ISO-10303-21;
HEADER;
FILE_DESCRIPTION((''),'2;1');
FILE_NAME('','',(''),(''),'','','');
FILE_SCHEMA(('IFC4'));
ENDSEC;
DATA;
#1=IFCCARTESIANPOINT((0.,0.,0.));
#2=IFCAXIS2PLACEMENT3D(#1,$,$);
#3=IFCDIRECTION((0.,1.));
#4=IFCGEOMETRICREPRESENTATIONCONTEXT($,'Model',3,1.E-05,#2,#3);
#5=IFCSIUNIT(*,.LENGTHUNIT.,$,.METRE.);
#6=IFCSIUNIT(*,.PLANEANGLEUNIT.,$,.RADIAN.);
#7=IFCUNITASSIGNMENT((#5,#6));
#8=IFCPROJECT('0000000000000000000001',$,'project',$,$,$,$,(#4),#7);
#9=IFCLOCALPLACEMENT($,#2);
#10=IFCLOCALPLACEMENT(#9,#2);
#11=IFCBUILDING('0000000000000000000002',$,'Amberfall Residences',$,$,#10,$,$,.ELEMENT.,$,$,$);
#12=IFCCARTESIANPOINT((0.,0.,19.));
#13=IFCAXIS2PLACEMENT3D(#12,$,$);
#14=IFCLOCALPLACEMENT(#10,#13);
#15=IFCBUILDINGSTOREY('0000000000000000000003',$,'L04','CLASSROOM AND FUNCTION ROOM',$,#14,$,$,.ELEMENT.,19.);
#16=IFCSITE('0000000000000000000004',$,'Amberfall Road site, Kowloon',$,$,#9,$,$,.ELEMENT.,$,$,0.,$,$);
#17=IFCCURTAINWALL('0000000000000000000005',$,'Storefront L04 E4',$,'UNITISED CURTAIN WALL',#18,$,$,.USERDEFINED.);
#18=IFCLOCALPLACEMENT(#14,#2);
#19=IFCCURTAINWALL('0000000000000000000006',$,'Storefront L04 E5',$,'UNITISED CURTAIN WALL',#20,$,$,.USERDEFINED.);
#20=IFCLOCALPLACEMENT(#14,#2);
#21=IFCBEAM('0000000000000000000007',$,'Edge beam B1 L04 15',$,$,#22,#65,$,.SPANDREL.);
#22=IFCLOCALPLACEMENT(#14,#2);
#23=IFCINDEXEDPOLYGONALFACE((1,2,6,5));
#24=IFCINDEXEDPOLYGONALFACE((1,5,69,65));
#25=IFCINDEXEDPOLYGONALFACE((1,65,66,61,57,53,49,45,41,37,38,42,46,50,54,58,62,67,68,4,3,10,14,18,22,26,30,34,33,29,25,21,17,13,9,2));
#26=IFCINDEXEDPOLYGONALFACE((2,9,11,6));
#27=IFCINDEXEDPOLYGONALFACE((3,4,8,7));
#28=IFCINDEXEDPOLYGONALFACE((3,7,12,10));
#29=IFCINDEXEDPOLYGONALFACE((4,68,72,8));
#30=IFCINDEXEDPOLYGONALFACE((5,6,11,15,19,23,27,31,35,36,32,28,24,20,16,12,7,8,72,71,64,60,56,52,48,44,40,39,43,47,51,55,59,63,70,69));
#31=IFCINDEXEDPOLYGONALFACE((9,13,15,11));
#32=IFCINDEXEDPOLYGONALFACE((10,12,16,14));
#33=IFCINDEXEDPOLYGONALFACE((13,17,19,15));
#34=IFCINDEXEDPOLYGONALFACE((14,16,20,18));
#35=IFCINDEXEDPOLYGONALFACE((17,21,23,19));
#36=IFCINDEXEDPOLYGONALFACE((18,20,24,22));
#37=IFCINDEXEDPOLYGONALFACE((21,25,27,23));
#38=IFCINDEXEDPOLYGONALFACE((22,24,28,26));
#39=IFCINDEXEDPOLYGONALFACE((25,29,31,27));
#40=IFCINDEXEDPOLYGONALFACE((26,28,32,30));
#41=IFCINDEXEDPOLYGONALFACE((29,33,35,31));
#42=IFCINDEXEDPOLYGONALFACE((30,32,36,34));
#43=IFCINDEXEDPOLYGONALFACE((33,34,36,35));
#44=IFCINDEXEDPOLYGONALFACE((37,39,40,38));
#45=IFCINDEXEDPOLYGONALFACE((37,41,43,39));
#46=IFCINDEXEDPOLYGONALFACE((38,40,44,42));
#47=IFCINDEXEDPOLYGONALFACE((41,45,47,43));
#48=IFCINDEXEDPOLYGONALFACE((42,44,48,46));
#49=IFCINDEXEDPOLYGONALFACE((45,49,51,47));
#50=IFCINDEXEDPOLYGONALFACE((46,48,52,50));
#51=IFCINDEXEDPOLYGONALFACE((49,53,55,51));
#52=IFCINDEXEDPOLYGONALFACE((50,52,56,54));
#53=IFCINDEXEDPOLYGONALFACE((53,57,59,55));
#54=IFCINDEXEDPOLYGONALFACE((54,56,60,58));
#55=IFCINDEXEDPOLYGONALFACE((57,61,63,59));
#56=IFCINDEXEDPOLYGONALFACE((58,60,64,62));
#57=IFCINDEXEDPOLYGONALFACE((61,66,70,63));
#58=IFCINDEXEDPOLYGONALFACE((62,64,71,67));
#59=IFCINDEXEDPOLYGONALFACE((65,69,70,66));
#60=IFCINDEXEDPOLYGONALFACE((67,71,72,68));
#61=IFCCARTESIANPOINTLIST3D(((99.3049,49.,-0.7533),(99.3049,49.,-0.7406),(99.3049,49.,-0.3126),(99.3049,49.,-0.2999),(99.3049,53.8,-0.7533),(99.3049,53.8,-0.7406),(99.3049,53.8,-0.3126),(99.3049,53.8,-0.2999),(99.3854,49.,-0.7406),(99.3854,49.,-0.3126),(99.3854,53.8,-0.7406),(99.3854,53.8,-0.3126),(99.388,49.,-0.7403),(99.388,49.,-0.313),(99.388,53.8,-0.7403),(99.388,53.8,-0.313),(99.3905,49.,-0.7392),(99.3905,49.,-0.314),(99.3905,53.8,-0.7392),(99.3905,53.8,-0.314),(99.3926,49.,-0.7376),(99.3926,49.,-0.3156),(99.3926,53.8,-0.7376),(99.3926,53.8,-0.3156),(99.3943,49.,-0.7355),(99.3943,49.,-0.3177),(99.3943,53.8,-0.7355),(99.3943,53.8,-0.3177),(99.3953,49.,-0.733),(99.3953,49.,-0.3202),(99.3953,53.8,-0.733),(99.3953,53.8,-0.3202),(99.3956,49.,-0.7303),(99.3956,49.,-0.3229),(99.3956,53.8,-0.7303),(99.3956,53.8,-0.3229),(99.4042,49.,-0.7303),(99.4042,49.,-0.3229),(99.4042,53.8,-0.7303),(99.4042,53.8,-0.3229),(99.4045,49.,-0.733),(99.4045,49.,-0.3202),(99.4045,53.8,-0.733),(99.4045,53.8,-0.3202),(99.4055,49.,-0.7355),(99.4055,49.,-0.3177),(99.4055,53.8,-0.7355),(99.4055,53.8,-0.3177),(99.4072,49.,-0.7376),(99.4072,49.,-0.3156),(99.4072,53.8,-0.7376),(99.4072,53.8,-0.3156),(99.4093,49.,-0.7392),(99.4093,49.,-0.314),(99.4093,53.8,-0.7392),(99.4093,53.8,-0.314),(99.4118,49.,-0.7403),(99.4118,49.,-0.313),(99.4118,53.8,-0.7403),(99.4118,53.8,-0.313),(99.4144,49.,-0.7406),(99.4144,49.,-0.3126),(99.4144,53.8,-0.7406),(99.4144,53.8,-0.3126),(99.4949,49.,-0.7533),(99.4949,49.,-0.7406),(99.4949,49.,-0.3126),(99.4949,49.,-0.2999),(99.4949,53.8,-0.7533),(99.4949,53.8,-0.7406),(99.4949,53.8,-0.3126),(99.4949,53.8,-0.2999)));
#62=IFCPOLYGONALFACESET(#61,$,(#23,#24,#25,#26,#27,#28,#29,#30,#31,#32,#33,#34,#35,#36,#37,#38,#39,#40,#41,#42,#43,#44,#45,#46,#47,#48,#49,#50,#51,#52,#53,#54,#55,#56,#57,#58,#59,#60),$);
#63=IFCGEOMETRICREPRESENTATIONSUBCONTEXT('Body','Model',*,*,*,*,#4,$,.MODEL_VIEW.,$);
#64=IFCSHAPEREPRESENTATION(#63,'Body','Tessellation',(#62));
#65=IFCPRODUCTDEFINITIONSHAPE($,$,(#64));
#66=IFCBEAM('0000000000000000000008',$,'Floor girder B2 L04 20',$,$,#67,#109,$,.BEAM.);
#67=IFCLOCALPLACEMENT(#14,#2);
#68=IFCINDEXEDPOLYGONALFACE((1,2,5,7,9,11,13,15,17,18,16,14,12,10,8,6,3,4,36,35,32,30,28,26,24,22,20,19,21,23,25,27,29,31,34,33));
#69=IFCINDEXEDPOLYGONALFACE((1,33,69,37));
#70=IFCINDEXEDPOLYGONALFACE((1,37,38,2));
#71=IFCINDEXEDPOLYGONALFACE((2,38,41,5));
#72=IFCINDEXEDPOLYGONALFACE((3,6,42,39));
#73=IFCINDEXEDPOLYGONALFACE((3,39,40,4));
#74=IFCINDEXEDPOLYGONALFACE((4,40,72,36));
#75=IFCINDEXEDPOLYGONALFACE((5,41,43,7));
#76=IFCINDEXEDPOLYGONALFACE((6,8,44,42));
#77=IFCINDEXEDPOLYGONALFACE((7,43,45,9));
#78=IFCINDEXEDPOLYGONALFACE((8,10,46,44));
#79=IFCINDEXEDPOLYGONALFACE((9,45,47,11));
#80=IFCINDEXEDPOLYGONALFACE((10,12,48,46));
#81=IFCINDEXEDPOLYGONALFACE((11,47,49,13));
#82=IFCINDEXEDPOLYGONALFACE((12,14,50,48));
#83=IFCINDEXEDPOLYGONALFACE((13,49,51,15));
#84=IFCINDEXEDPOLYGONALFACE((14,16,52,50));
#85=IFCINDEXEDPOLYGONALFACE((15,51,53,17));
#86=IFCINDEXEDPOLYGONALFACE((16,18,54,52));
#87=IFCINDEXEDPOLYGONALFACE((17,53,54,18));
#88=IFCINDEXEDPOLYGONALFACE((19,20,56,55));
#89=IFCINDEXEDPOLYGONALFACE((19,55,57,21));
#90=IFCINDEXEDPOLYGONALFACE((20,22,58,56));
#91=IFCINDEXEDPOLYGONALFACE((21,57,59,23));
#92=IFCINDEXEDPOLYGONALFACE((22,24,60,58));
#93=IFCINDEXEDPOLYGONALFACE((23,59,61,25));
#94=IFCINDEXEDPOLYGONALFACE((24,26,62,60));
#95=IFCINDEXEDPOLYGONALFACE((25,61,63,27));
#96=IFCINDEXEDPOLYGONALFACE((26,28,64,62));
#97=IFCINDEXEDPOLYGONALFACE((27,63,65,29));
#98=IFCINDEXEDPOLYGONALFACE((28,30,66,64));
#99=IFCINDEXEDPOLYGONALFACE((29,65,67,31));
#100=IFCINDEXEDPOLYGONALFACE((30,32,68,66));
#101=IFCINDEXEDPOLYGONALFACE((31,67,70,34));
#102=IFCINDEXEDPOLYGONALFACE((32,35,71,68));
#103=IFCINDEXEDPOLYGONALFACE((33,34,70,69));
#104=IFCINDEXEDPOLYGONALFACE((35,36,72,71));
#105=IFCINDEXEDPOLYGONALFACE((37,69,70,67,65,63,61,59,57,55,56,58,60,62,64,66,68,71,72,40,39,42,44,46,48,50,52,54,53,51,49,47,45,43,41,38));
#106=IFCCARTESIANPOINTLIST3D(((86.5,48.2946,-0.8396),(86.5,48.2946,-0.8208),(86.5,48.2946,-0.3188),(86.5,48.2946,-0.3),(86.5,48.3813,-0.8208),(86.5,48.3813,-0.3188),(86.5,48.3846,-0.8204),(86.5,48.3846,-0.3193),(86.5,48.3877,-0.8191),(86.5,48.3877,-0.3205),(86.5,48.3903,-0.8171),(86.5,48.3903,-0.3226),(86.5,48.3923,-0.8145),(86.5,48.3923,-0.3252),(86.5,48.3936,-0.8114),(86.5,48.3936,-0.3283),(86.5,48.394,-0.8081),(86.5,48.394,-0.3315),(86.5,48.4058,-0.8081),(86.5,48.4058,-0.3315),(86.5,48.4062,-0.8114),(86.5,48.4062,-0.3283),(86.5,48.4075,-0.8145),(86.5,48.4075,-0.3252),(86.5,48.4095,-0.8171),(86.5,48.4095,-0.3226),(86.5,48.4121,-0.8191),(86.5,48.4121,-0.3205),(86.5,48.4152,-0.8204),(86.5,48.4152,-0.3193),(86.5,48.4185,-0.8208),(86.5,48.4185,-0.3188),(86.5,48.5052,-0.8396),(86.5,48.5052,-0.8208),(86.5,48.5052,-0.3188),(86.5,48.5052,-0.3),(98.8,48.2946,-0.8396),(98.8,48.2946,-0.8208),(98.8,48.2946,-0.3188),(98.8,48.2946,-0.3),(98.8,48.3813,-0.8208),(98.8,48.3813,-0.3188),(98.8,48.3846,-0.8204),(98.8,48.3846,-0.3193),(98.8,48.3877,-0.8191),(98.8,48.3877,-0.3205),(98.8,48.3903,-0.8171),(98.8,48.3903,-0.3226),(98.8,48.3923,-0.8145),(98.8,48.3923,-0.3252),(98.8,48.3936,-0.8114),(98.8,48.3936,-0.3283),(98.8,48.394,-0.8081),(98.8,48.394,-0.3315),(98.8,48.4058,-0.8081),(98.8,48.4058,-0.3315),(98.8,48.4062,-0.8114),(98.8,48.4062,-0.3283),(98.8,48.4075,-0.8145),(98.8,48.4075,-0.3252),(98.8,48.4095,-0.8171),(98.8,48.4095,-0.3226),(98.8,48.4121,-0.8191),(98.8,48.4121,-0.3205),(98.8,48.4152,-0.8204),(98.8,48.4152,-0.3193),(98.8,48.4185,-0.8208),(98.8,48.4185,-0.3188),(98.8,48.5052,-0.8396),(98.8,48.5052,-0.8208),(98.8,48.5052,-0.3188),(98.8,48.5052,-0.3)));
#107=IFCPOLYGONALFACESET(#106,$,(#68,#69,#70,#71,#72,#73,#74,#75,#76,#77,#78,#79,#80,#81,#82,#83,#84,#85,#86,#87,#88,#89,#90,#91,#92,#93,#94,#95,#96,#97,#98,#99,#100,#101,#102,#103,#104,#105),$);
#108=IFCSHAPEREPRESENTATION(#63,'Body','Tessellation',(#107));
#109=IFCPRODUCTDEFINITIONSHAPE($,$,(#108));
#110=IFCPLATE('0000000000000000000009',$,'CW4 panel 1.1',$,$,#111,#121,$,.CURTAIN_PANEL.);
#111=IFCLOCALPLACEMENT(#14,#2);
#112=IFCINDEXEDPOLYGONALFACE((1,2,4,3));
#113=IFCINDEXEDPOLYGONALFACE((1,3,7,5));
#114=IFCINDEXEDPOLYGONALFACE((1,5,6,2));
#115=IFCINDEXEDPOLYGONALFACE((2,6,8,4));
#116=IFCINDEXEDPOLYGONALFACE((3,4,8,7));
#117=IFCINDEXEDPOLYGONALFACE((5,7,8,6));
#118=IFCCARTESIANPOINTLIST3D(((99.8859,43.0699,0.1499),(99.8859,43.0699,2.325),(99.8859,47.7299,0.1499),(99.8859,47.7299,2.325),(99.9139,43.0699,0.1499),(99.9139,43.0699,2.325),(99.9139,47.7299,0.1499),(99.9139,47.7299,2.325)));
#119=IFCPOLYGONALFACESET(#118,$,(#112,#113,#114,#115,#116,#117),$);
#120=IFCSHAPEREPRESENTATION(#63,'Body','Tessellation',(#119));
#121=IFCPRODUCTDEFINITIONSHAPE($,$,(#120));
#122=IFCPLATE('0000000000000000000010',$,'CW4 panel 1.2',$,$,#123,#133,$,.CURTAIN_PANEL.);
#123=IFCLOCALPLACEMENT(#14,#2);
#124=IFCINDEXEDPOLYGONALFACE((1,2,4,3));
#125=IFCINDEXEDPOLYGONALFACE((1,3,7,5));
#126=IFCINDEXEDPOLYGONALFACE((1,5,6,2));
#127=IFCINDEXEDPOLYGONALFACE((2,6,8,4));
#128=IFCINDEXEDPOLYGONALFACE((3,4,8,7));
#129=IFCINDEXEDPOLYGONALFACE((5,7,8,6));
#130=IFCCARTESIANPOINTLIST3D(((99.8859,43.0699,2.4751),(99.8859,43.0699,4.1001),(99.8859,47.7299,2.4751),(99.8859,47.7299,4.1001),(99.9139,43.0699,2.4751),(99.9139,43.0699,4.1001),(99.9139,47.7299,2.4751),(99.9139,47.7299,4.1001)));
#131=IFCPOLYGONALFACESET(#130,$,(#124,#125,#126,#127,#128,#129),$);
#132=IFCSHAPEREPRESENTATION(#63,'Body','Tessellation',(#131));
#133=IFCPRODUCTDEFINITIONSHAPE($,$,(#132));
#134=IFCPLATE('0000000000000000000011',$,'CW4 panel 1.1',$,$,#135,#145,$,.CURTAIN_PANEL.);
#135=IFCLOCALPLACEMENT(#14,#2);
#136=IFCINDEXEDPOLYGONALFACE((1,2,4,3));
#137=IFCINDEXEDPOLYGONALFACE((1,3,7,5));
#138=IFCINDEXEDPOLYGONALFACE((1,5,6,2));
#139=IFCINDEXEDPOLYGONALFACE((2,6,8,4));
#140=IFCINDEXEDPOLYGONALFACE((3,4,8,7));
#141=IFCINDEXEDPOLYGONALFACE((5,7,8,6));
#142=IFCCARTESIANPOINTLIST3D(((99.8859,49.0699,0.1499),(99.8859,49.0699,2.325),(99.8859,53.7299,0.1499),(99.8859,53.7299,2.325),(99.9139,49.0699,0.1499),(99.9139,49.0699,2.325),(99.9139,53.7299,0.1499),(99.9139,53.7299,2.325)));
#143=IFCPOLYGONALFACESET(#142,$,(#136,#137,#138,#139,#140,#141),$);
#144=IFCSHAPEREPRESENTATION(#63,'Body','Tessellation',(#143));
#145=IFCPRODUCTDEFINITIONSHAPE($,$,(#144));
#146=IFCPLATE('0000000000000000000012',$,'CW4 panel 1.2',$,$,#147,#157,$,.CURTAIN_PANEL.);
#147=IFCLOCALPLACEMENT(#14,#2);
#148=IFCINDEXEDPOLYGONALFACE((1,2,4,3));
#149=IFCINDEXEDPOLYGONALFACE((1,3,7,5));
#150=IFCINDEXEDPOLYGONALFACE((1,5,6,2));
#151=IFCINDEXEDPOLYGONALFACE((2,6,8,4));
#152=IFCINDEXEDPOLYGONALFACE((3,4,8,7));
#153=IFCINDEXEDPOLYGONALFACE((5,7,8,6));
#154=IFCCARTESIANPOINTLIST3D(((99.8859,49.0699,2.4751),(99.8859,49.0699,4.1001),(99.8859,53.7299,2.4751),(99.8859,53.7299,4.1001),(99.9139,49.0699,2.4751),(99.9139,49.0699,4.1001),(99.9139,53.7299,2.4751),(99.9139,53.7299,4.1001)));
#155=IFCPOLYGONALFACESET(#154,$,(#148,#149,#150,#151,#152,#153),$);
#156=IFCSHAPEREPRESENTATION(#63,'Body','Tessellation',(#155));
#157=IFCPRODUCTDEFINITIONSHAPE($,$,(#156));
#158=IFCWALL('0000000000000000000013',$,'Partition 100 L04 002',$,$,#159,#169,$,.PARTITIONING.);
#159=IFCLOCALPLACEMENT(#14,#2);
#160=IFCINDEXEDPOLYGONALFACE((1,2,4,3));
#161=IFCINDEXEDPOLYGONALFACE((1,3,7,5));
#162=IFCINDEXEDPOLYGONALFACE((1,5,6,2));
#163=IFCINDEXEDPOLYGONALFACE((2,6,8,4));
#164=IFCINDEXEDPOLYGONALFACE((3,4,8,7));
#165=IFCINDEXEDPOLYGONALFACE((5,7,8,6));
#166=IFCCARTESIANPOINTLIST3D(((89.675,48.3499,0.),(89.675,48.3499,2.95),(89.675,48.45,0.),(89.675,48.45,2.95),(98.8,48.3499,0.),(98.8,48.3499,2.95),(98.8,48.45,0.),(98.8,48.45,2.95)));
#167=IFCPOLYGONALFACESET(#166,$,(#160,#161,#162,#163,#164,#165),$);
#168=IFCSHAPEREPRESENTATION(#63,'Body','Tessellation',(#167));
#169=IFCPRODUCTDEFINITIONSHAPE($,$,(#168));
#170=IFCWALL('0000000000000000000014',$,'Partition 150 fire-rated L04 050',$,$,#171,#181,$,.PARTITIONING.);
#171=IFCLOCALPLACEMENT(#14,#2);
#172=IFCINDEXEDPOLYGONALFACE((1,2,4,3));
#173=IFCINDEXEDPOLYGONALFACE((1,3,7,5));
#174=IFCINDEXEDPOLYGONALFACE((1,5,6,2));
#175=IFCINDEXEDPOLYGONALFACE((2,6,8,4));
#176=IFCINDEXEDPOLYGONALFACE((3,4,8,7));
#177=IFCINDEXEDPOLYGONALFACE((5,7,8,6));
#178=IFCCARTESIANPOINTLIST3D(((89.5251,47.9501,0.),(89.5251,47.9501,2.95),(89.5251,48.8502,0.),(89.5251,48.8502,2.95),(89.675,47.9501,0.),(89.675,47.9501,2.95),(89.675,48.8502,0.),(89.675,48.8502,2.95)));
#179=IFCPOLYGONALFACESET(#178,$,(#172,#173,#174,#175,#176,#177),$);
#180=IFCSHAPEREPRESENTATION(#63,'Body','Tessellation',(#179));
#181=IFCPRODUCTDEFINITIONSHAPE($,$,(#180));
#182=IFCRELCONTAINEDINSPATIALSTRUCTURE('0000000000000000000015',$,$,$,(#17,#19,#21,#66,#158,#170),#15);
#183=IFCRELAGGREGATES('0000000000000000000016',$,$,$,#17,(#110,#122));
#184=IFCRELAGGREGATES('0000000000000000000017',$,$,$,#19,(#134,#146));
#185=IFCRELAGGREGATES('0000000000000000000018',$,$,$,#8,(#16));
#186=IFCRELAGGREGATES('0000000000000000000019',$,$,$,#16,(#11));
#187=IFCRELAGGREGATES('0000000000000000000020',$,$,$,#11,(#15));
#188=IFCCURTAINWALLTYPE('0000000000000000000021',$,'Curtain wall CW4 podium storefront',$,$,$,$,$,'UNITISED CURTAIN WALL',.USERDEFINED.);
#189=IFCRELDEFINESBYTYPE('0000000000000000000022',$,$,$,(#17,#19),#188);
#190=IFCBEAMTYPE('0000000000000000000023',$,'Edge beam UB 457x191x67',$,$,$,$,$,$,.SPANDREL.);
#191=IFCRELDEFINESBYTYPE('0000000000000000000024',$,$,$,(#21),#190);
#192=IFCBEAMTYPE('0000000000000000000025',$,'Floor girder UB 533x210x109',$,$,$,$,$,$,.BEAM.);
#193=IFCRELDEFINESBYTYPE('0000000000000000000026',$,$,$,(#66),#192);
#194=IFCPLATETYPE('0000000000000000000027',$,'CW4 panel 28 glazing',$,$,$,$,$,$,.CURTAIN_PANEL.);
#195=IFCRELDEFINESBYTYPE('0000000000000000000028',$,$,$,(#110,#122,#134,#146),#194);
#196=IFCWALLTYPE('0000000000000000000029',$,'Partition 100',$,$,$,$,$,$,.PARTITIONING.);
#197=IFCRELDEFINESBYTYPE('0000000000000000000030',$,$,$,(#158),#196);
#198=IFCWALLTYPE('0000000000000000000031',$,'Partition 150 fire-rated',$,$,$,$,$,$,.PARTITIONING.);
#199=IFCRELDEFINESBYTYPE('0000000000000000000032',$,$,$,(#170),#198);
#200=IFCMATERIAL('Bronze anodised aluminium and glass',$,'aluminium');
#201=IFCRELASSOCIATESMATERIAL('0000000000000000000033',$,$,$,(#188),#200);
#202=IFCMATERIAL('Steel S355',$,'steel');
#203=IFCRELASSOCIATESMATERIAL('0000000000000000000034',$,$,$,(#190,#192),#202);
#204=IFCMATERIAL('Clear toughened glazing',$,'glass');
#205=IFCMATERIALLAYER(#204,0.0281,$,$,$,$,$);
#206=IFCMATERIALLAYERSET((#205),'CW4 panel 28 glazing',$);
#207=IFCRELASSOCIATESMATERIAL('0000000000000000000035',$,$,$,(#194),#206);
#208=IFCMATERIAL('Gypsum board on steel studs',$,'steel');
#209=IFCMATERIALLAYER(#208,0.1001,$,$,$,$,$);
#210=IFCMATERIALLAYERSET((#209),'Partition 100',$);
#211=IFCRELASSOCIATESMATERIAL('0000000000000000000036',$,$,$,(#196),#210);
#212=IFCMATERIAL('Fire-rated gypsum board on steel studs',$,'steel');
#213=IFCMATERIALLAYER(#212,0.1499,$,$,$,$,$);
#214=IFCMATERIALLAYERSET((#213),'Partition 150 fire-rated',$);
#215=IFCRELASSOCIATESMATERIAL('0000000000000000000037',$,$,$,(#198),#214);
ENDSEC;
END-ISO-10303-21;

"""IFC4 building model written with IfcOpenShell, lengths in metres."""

from ifc_helpers import new_model, si_unit, direction, frame, frame_2d, origin, origin_2d, place, context, subcontext, project, spatial, rectangle, i_section, extrude, material, layer, layer_set, material_profile, profile_set, type_object, element, aggregate, save


model = new_model("IFC4")

# Units and contexts
model_context = context("Model", 3, precision=1e-05, world=origin(), true_north=direction((0.0, 1.0)))
body_context = subcontext(model_context, "Body", "Model", "MODEL_VIEW")
ifc_project = project(units=[si_unit("LENGTHUNIT", "METRE"), si_unit("PLANEANGLEUNIT", "RADIAN")], contexts=[model_context])

# Site, building, storey
site_placement = place(None, origin())
site = spatial("IfcSite", under=ifc_project, at=site_placement, Name="Amberfall Road site, Kowloon", CompositionType="ELEMENT", RefElevation=0.0)
building_placement = place(site_placement, origin())
building = spatial("IfcBuilding", under=site, at=building_placement, Name="Amberfall Residences", CompositionType="ELEMENT")
storey_placement = place(building_placement, frame((0.0, 0.0, 19.0)))
storey = spatial("IfcBuildingStorey", under=building, at=storey_placement, Name="L04", Description="CLASSROOM AND FUNCTION ROOM", CompositionType="ELEMENT", Elevation=19.0)

# Curtain wall
ifc_material_1 = material(Name="Bronze anodised aluminium and glass", Category="aluminium")
curtain_wall_type = type_object("IfcCurtainWallType", Name="Curtain wall CW4 podium storefront", ElementType="UNITISED CURTAIN WALL", PredefinedType="USERDEFINED", material=ifc_material_1)
curtain_wall_1_placement = place(storey_placement, origin())
curtain_wall_1 = element("IfcCurtainWall", 1, at=curtain_wall_1_placement, inside=storey, type_object=curtain_wall_type, Name="Storefront L04 E4", ObjectType="UNITISED CURTAIN WALL", PredefinedType="USERDEFINED")

# Curtain wall
curtain_wall_2_placement = place(storey_placement, origin())
curtain_wall_2 = element("IfcCurtainWall", 2, at=curtain_wall_2_placement, inside=storey, type_object=curtain_wall_type, Name="Storefront L04 E5", ObjectType="UNITISED CURTAIN WALL", PredefinedType="USERDEFINED")

# Beams
ifc_material_2 = material(Name="Steel S355", Category="steel")
ifc_material_profile_1 = material_profile(ifc_material_2, i_section(OverallWidth=0.1899, OverallDepth=0.4534, WebThickness=0.0085, FlangeThickness=0.0127, FilletRadius=0.0103, at=origin_2d()), Name="UB 457x191x67")
ifc_profile_set_1 = profile_set([ifc_material_profile_1], Name="Steel S355")
beam_type_1 = type_object("IfcBeamType", Name="Edge beam UB 457x191x67", PredefinedType="SPANDREL", material=ifc_profile_set_1)
for number, where, z_axis, x_axis, name in (
    (3, (99.3999, 49.0, -0.5266), (0.0, 1.0, 0.0), (-1.0, 0.0, 0.0), "Edge beam B1 L04 15"),
):
    element("IfcBeam", number, at=place(storey_placement, frame(where, z_axis=z_axis, x_axis=x_axis)), inside=storey, type_object=beam_type_1, Name=name, PredefinedType="SPANDREL", context=body_context, shape_type="SweptSolid", body=[
        extrude(i_section(OverallWidth=0.1899, OverallDepth=0.4534, WebThickness=0.0085, FlangeThickness=0.0127, FilletRadius=0.0103, at=origin_2d()), origin(), (0.0, 0.0, 1.0), 4.8),
    ])
ifc_material_profile_2 = material_profile(ifc_material_2, i_section(OverallWidth=0.2107, OverallDepth=0.5396, WebThickness=0.0117, FlangeThickness=0.0188, FilletRadius=0.0127, at=origin_2d()), Name="UB 533x210x109")
ifc_profile_set_2 = profile_set([ifc_material_profile_2], Name="Steel S355")
beam_type_2 = type_object("IfcBeamType", Name="Floor girder UB 533x210x109", PredefinedType="BEAM", material=ifc_profile_set_2)
beam_placement = place(storey_placement, frame((98.8, 48.3999, -0.5698), z_axis=(-1.0, 0.0, 0.0), x_axis=(0.0, -1.0, 0.0)))
element("IfcBeam", 4, at=beam_placement, inside=storey, type_object=beam_type_2, Name="Floor girder B2 L04 20", PredefinedType="BEAM", context=body_context, shape_type="SweptSolid", body=[
    extrude(i_section(OverallWidth=0.2107, OverallDepth=0.5396, WebThickness=0.0117, FlangeThickness=0.0188, FilletRadius=0.0127, at=origin_2d()), origin(), (0.0, 0.0, 1.0), 12.3),
])

# Plates
ifc_material_3 = material(Name="Clear toughened glazing", Category="glass")
ifc_layer_1 = layer(ifc_material_3, 0.0281)
ifc_layer_set_1 = layer_set([ifc_layer_1], Name="CW4 panel 28 glazing")
plate_type = type_object("IfcPlateType", Name="CW4 panel 28 glazing", PredefinedType="CURTAIN_PANEL", material=ifc_layer_set_1)
plate_1_placement = place(storey_placement, frame((99.8999, 45.3999, 0.1499), z_axis=(0.0, 0.0, 1.0), x_axis=(0.0, 1.0, 0.0)))
plate_1 = element("IfcPlate", 5, at=plate_1_placement, type_object=plate_type, Name="CW4 panel 1.1", PredefinedType="CURTAIN_PANEL", context=body_context, shape_type="SweptSolid", body=[
    extrude(rectangle(XDim=4.6599, YDim=0.0281, at=origin_2d()), origin(), (0.0, 0.0, 1.0), 2.175),
])
plate_2_placement = place(storey_placement, frame((99.8999, 45.3999, 2.4751), z_axis=(0.0, 0.0, 1.0), x_axis=(0.0, 1.0, 0.0)))
plate_2 = element("IfcPlate", 6, at=plate_2_placement, type_object=plate_type, Name="CW4 panel 1.2", PredefinedType="CURTAIN_PANEL", context=body_context, shape_type="SweptSolid", body=[
    extrude(rectangle(XDim=4.6599, YDim=0.0281, at=origin_2d()), origin(), (0.0, 0.0, 1.0), 1.625),
])
aggregate(curtain_wall_1, [plate_1, plate_2])
plate_3_placement = place(storey_placement, frame((99.8999, 51.3999, 0.1499), z_axis=(0.0, 0.0, 1.0), x_axis=(0.0, 1.0, 0.0)))
plate_3 = element("IfcPlate", 7, at=plate_3_placement, type_object=plate_type, Name="CW4 panel 1.1", PredefinedType="CURTAIN_PANEL", context=body_context, shape_type="SweptSolid", body=[
    extrude(rectangle(XDim=4.6599, YDim=0.0281, at=origin_2d()), origin(), (0.0, 0.0, 1.0), 2.175),
])
plate_4_placement = place(storey_placement, frame((99.8999, 51.3999, 2.4751), z_axis=(0.0, 0.0, 1.0), x_axis=(0.0, 1.0, 0.0)))
plate_4 = element("IfcPlate", 8, at=plate_4_placement, type_object=plate_type, Name="CW4 panel 1.2", PredefinedType="CURTAIN_PANEL", context=body_context, shape_type="SweptSolid", body=[
    extrude(rectangle(XDim=4.6599, YDim=0.0281, at=origin_2d()), origin(), (0.0, 0.0, 1.0), 1.625),
])
aggregate(curtain_wall_2, [plate_3, plate_4])

# Walls
ifc_material_4 = material(Name="Gypsum board on steel studs", Category="steel")
ifc_layer_2 = layer(ifc_material_4, 0.1001)
ifc_layer_set_2 = layer_set([ifc_layer_2], Name="Partition 100")
wall_type_1 = type_object("IfcWallType", Name="Partition 100", PredefinedType="PARTITIONING", material=ifc_layer_set_2)
wall_1_placement = place(storey_placement, frame((89.675, 48.3999, 0.0), z_axis=(0.0, 0.0, 1.0), x_axis=(1.0, 0.0, 0.0)))
element("IfcWall", 9, at=wall_1_placement, inside=storey, type_object=wall_type_1, Name="Partition 100 L04 002", PredefinedType="PARTITIONING", context=body_context, shape_type="SweptSolid", body=[
    extrude(rectangle(XDim=9.125, YDim=0.1001, at=frame_2d((4.5625, 0.0))), origin(), (0.0, 0.0, 1.0), 2.95),
])
ifc_material_5 = material(Name="Fire-rated gypsum board on steel studs", Category="steel")
ifc_layer_3 = layer(ifc_material_5, 0.1499)
ifc_layer_set_3 = layer_set([ifc_layer_3], Name="Partition 150 fire-rated")
wall_type_2 = type_object("IfcWallType", Name="Partition 150 fire-rated", PredefinedType="PARTITIONING", material=ifc_layer_set_3)
wall_2_placement = place(storey_placement, frame((89.6001, 47.95, 0.0), z_axis=(0.0, 0.0, 1.0), x_axis=(0.0, 1.0, 0.0)))
element("IfcWall", 10, at=wall_2_placement, inside=storey, type_object=wall_type_2, Name="Partition 150 fire-rated L04 050", PredefinedType="PARTITIONING", context=body_context, shape_type="SweptSolid", body=[
    extrude(rectangle(XDim=0.9001, YDim=0.1499, at=frame_2d((0.4502, 0.0))), origin(), (0.0, 0.0, 1.0), 2.95),
])

save(model, "model.ifc")
